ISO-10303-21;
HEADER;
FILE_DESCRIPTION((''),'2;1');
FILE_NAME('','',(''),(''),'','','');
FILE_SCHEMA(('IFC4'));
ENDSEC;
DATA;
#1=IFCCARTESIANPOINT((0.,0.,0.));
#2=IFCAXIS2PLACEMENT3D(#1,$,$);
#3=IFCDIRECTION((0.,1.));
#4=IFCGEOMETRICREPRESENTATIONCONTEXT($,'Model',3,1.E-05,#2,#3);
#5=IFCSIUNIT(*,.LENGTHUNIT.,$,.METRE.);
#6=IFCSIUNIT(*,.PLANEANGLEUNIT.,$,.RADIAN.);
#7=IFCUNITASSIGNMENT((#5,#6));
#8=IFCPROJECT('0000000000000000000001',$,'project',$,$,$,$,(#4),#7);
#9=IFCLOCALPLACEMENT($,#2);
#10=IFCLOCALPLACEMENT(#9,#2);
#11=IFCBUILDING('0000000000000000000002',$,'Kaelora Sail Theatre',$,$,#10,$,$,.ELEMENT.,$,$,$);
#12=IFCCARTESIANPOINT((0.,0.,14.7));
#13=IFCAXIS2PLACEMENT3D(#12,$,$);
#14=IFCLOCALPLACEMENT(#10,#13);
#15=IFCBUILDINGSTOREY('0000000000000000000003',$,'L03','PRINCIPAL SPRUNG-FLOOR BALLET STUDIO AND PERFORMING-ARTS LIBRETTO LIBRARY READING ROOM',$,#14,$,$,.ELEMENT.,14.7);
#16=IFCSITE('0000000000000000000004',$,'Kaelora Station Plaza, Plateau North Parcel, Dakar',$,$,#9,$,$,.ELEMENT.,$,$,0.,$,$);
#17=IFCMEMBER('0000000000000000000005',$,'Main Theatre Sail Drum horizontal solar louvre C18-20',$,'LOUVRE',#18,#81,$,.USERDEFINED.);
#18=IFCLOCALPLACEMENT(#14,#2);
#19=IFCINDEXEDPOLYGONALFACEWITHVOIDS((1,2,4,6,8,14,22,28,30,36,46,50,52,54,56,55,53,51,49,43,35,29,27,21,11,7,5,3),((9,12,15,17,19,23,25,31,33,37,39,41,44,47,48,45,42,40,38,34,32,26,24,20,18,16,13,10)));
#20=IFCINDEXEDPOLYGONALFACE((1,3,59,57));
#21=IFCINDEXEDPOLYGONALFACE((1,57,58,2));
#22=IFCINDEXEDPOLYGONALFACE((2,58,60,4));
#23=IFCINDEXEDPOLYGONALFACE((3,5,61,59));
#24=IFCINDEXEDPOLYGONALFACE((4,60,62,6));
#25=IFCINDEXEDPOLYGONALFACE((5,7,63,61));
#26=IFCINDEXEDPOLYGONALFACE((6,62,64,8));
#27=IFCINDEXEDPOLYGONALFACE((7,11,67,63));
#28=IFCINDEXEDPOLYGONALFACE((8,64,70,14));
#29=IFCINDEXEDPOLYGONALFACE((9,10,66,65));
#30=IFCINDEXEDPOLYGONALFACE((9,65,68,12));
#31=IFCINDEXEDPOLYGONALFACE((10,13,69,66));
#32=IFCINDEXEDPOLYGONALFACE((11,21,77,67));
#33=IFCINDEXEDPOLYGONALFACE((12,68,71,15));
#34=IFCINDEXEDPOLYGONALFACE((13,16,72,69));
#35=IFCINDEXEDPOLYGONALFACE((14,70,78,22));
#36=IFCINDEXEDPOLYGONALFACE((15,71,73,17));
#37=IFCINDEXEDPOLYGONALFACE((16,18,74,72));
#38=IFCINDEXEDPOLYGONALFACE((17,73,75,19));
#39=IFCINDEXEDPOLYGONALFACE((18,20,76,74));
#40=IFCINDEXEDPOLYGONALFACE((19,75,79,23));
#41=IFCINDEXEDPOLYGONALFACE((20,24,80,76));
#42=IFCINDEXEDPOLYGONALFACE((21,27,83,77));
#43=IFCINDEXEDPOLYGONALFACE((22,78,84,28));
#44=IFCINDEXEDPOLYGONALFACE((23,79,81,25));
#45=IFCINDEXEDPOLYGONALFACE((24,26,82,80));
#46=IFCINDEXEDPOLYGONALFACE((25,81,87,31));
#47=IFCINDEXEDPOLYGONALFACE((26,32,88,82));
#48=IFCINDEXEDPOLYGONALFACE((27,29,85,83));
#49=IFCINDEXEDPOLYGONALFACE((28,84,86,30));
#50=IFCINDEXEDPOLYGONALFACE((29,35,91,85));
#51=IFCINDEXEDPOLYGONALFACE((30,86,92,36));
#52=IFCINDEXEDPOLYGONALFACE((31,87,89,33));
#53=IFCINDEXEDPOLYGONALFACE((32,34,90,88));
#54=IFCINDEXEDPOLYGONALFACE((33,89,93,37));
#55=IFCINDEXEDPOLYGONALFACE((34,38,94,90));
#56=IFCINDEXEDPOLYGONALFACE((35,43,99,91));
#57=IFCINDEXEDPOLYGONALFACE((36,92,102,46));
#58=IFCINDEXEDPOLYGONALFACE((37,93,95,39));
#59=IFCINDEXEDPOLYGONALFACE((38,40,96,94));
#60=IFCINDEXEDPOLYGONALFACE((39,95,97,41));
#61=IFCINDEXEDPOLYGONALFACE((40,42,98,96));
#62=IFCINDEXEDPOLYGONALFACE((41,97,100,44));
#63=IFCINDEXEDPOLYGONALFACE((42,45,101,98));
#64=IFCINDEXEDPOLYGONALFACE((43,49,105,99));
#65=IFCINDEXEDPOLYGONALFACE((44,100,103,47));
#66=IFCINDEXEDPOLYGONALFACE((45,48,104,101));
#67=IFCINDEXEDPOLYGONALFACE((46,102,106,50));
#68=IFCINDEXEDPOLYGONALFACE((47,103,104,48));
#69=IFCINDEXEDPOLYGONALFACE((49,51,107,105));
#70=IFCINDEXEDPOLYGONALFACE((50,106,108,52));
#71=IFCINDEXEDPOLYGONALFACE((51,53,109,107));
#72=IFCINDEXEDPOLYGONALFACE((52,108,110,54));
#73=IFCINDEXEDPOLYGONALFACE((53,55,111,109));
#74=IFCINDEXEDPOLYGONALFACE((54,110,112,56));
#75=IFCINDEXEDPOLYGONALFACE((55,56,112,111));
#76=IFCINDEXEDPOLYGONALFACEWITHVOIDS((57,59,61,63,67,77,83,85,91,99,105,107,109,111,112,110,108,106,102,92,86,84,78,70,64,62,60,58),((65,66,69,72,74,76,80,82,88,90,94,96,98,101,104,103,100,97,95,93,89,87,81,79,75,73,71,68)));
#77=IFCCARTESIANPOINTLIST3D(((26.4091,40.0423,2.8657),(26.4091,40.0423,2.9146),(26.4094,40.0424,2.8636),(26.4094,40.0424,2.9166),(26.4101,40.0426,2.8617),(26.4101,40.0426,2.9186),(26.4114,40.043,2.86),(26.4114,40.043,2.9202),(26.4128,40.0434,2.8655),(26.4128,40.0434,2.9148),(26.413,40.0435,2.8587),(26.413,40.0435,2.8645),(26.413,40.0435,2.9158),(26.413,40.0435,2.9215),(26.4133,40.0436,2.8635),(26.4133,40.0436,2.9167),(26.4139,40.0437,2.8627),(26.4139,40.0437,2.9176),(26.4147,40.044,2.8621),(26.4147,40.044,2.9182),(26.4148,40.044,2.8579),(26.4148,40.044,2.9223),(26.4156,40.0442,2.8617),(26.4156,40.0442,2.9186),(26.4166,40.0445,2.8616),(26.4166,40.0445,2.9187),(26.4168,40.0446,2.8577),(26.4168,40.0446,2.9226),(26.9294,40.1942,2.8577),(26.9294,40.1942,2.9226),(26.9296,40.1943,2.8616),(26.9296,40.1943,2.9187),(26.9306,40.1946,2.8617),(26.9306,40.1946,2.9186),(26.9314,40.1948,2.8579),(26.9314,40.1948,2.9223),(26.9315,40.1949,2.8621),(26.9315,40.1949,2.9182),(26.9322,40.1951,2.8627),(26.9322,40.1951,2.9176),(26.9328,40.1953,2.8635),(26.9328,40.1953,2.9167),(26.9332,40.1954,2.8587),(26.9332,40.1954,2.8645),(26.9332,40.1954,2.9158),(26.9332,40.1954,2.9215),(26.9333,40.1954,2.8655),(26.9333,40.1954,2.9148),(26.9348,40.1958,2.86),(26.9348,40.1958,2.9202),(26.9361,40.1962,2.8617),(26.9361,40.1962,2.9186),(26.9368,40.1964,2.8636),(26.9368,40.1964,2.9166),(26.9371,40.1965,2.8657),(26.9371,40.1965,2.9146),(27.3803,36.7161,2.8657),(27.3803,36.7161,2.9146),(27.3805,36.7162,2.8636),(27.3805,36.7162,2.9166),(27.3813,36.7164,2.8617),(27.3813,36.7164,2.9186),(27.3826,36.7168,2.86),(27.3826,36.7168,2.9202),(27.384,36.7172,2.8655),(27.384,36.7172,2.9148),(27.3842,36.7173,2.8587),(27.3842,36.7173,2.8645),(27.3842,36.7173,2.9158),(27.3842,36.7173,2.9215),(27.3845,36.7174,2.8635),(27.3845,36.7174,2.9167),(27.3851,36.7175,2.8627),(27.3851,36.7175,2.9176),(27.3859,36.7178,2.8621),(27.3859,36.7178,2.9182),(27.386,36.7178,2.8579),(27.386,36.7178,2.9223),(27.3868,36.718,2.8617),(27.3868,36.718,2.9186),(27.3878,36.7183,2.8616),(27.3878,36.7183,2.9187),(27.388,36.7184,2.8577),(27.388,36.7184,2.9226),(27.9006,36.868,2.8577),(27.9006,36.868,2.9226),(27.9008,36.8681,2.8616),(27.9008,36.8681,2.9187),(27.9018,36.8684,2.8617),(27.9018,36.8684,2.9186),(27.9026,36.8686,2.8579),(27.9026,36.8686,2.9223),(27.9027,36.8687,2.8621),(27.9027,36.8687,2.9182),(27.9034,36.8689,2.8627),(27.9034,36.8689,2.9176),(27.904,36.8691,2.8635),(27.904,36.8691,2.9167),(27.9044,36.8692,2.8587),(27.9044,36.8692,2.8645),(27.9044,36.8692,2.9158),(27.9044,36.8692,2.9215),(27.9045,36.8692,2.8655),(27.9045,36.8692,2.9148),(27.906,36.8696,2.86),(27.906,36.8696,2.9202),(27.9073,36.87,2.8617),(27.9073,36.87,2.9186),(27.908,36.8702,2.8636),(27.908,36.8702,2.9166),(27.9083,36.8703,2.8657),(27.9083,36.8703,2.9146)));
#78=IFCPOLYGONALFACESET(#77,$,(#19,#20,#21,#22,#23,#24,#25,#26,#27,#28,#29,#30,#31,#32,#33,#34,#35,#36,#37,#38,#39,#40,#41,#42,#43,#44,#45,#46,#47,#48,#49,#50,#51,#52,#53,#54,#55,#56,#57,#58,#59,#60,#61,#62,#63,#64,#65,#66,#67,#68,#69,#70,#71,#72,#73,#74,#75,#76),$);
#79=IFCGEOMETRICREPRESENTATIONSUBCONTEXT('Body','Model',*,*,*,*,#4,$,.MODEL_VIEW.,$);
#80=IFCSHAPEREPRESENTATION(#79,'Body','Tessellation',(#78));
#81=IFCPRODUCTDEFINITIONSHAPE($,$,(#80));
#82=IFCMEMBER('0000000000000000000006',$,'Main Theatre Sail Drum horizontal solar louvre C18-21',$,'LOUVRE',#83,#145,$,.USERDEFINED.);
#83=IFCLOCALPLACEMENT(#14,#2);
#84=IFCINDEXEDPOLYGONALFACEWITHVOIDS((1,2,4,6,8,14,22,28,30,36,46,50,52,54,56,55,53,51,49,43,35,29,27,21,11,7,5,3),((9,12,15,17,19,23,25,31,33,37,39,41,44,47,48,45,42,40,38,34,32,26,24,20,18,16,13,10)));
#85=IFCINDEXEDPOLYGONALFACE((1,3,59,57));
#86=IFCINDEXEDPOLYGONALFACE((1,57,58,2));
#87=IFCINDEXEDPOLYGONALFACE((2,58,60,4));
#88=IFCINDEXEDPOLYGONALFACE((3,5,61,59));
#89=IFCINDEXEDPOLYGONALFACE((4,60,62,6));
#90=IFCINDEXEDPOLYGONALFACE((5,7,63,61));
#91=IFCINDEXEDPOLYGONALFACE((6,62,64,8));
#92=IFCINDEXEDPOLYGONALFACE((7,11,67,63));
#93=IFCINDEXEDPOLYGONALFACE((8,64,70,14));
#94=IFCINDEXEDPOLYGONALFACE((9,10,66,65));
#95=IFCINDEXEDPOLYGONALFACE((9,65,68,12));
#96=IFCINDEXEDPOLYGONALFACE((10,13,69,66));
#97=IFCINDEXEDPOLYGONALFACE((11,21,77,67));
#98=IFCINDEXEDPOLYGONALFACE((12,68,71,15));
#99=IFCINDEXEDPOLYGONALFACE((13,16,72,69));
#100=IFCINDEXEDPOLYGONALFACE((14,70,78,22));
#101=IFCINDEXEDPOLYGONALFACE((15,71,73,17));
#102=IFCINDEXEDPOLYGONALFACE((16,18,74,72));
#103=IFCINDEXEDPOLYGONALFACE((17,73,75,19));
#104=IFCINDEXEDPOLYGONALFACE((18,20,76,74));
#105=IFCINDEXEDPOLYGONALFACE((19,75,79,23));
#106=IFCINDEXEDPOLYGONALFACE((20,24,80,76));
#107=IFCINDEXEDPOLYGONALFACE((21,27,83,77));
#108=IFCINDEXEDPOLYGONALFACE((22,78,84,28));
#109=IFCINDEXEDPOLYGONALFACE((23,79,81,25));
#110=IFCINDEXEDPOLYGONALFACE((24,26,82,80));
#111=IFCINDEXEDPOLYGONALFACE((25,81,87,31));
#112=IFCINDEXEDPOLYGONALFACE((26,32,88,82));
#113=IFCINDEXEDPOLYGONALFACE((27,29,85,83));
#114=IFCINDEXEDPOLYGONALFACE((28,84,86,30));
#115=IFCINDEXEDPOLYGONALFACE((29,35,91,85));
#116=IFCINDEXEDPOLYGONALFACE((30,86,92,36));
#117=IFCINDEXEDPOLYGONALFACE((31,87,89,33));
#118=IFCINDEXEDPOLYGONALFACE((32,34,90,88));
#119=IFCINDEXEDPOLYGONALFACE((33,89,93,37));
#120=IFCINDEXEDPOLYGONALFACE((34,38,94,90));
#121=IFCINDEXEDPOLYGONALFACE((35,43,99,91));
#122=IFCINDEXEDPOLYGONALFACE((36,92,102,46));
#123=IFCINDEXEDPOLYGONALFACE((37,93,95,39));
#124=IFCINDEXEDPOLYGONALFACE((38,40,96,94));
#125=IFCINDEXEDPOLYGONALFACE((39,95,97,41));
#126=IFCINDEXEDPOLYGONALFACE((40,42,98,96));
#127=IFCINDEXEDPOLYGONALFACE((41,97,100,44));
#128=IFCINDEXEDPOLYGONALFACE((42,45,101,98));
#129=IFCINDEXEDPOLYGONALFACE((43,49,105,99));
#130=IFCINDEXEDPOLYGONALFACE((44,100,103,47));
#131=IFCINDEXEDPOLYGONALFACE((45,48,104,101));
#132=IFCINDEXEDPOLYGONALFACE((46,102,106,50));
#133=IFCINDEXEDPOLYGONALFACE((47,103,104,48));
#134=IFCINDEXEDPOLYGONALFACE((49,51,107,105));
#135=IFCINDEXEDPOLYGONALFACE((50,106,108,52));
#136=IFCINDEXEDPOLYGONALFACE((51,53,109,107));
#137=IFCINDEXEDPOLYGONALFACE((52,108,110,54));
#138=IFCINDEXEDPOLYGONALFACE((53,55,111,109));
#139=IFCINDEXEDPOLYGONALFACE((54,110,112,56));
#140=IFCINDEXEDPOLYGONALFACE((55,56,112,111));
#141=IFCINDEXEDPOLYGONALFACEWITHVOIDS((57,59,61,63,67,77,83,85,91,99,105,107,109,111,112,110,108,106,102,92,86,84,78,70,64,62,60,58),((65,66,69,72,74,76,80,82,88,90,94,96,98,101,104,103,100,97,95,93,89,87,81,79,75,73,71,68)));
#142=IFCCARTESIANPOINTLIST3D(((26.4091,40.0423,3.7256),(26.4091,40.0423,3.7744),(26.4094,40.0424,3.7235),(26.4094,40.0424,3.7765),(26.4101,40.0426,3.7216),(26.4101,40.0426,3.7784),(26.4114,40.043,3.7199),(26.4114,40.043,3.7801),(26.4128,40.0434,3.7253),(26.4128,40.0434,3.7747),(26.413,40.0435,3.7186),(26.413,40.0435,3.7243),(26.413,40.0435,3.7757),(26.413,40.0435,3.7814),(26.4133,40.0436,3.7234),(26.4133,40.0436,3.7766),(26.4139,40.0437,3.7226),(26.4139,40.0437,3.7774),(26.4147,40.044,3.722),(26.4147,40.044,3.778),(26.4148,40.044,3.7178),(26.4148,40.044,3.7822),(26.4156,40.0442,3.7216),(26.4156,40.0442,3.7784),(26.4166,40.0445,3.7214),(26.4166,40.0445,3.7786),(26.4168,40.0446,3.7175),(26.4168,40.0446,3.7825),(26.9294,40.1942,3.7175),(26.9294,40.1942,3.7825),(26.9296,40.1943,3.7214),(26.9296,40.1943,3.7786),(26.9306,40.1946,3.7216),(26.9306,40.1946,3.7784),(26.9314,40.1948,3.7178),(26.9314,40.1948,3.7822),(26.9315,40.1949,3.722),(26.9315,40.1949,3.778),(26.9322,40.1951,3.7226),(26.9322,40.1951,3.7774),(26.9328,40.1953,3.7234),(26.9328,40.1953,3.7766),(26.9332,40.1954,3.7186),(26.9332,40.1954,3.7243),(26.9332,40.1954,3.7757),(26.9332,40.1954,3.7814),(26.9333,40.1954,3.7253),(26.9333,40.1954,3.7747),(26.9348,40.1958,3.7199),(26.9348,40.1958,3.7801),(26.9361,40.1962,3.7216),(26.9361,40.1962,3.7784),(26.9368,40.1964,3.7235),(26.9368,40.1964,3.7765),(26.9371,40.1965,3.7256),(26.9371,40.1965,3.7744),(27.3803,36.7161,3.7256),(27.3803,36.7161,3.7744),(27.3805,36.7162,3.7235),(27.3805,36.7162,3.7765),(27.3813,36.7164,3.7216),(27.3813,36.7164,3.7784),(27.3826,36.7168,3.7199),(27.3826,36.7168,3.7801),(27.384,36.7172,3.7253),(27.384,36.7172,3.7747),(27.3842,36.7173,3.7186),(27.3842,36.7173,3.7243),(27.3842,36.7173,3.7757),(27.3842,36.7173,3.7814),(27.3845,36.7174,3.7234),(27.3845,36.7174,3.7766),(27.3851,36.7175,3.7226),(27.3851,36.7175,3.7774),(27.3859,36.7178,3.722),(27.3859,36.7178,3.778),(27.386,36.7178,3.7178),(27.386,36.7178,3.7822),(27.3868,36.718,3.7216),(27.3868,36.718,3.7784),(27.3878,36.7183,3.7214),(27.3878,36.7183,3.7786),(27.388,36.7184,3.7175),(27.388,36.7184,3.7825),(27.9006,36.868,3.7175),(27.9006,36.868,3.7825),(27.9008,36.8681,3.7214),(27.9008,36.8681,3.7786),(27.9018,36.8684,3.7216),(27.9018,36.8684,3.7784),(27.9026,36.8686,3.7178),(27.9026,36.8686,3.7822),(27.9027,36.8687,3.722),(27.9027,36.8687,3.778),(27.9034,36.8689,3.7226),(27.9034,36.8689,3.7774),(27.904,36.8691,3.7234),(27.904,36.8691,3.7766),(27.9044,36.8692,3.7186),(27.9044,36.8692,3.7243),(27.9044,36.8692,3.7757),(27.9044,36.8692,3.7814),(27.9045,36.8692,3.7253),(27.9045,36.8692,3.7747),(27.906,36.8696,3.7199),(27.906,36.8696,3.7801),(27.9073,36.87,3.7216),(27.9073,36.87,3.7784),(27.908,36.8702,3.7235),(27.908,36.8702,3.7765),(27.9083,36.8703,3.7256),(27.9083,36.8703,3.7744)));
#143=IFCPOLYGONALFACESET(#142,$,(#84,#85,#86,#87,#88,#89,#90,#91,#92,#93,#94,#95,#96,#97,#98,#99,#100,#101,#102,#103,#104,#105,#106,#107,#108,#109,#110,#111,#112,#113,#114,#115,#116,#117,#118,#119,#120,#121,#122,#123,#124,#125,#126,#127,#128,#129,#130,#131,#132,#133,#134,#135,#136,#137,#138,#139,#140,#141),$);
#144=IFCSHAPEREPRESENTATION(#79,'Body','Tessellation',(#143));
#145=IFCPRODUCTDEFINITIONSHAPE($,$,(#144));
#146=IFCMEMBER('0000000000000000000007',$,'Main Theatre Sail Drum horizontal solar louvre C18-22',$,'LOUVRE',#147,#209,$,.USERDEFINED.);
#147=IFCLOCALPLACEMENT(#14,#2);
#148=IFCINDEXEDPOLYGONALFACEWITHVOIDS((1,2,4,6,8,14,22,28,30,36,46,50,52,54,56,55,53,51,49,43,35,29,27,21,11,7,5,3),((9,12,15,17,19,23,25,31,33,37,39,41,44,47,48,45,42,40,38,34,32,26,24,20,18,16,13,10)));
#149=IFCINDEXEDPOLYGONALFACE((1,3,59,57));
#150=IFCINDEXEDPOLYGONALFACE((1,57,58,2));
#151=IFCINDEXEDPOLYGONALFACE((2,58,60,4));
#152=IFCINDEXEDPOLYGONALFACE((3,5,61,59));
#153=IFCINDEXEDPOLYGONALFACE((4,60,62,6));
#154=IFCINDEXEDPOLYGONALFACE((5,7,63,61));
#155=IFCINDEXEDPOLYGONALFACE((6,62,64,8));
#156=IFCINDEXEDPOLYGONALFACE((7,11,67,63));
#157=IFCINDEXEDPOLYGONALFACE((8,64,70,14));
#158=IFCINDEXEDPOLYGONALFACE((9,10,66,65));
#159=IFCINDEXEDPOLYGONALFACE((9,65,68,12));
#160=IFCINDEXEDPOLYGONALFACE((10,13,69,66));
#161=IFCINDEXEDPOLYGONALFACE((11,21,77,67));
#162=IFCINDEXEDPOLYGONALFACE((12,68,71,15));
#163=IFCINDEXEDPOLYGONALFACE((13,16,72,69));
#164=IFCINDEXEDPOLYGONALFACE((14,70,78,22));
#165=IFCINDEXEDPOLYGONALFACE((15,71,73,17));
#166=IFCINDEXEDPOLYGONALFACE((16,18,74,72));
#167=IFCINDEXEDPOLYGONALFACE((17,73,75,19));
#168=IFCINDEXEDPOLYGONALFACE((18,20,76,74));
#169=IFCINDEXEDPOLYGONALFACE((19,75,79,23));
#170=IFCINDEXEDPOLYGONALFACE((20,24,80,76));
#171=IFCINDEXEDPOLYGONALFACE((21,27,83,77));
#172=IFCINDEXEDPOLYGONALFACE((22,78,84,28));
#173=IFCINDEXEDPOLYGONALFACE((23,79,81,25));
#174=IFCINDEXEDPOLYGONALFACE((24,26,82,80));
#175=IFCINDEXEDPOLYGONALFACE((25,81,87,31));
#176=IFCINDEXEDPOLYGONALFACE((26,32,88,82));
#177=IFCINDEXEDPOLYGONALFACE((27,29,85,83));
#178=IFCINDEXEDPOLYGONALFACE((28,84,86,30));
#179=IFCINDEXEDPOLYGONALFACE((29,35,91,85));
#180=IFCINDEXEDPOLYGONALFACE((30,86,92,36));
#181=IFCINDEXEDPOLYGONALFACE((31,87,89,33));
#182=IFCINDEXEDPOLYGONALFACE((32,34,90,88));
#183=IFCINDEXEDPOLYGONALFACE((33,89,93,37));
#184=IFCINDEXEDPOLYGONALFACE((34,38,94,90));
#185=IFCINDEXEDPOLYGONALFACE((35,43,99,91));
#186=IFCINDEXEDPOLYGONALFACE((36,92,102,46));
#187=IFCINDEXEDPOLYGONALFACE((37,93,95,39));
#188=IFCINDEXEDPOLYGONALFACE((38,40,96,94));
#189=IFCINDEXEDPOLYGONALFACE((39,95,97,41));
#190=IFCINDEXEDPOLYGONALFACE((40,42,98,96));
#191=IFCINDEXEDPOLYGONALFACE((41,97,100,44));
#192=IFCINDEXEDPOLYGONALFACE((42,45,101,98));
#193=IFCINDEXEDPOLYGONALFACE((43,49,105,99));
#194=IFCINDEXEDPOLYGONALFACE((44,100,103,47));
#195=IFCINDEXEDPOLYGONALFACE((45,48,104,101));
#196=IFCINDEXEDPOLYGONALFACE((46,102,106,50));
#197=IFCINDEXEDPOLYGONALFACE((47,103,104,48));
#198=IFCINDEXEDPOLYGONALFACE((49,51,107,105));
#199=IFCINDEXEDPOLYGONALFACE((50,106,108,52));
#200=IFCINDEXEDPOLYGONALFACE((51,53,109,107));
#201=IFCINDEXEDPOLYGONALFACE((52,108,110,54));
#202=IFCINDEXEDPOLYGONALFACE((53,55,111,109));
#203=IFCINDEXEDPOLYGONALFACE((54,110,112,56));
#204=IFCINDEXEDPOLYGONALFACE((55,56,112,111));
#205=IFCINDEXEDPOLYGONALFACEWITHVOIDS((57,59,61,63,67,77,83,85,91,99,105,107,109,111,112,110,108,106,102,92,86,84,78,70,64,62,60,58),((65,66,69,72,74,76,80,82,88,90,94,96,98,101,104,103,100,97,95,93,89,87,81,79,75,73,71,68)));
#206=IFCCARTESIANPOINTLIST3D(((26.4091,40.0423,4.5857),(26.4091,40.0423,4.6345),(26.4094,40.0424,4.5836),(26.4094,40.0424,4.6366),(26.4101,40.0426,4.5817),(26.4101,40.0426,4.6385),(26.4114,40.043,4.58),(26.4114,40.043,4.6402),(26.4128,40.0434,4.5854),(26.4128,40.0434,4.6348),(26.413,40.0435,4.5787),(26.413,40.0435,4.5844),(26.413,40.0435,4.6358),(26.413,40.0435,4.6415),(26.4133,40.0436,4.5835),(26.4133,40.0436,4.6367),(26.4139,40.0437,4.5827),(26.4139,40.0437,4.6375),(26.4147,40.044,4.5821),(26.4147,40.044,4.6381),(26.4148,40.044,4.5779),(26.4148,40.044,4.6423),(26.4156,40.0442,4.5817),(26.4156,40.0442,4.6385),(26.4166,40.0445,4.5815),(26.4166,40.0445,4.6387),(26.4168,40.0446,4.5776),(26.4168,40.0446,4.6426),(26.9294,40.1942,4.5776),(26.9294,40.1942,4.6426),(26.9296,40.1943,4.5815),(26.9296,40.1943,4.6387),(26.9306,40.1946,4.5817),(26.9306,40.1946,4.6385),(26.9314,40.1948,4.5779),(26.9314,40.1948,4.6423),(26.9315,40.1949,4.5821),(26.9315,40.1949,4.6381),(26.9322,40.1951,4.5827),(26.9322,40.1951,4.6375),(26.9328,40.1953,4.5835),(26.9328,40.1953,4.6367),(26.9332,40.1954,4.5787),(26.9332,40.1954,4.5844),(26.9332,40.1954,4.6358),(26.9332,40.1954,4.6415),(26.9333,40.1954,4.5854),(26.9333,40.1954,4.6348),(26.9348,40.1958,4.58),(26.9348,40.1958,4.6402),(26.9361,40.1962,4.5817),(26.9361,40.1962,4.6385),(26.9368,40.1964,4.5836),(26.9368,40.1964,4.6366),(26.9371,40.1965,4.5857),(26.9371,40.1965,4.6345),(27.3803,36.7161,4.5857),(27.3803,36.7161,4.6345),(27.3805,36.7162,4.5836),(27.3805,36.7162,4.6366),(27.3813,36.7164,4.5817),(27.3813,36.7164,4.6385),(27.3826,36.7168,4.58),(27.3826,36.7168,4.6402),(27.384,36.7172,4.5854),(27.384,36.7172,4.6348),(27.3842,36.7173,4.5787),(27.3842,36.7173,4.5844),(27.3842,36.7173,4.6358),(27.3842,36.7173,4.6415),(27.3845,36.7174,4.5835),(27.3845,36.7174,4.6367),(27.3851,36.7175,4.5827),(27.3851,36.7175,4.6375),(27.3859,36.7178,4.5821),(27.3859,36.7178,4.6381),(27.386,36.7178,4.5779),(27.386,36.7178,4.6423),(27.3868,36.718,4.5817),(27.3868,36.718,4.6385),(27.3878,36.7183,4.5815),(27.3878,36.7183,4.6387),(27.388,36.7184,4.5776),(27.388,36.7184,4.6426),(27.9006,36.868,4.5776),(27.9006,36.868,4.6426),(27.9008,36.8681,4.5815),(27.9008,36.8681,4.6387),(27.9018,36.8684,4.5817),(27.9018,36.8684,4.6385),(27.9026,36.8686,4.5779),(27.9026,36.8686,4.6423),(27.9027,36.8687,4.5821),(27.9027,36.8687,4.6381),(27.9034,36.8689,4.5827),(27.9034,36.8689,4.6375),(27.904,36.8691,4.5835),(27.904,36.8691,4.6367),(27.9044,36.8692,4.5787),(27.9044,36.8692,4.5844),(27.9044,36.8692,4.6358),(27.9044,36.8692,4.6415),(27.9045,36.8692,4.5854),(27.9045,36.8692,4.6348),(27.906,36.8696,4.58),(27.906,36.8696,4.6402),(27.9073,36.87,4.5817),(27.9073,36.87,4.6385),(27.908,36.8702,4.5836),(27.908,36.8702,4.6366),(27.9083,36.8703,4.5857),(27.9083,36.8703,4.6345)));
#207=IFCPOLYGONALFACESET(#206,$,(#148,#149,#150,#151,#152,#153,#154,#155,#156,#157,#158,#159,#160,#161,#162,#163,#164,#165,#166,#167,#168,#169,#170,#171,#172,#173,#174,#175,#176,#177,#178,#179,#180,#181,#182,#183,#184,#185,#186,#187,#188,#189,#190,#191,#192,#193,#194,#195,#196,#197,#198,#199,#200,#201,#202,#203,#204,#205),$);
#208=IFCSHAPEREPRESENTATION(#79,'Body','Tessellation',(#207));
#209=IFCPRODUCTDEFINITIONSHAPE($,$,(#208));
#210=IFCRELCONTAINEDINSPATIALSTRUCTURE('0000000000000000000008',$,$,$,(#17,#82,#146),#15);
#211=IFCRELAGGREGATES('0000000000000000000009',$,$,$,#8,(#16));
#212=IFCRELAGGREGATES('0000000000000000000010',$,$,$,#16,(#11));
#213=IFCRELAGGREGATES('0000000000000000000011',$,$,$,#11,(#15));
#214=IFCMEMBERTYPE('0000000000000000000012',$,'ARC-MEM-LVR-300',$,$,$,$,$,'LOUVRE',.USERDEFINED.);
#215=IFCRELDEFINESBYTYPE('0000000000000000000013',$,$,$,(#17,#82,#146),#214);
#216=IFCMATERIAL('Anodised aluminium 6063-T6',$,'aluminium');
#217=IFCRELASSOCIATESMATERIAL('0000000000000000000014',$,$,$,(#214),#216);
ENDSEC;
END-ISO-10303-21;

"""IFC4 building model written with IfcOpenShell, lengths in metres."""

from ifc_helpers import new_model, si_unit, direction, frame, origin, origin_2d, place, context, subcontext, project, spatial, hollow_rectangle, extrude, material, material_profile, profile_set, type_object, element, save


model = new_model("IFC4")

# Units and contexts
model_context = context("Model", 3, precision=1e-05, world=origin(), true_north=direction((0.0, 1.0)))
body_context = subcontext(model_context, "Body", "Model", "MODEL_VIEW")
ifc_project = project(units=[si_unit("LENGTHUNIT", "METRE"), si_unit("PLANEANGLEUNIT", "RADIAN")], contexts=[model_context])

# Site, building, storey
site_placement = place(None, origin())
site = spatial("IfcSite", under=ifc_project, at=site_placement, Name="Kaelora Station Plaza, Plateau North Parcel, Dakar", CompositionType="ELEMENT", RefElevation=0.0)
building_placement = place(site_placement, origin())
building = spatial("IfcBuilding", under=site, at=building_placement, Name="Kaelora Sail Theatre", CompositionType="ELEMENT")
storey_placement = place(building_placement, frame((0.0, 0.0, 14.7)))
storey = spatial("IfcBuildingStorey", under=building, at=storey_placement, Name="L03", Description="PRINCIPAL SPRUNG-FLOOR BALLET STUDIO AND PERFORMING-ARTS LIBRETTO LIBRARY READING ROOM", CompositionType="ELEMENT", Elevation=14.7)

# Members
ifc_material_1 = material(Name="Anodised aluminium 6063-T6", Category="aluminium")
ifc_material_profile_1 = material_profile(ifc_material_1, hollow_rectangle(XDim=0.55, YDim=0.0649, WallThickness=0.0039, InnerFilletRadius=0.0039, OuterFilletRadius=0.0081, at=origin_2d()), Name="LOUVRE 550x65x4")
ifc_profile_set_1 = profile_set([ifc_material_profile_1], Name="Anodised aluminium 6063-T6")
member_type = type_object("IfcMemberType", Name="ARC-MEM-LVR-300", ElementType="LOUVRE", PredefinedType="USERDEFINED", material=ifc_profile_set_1)
for number, where, z_axis, x_axis, name in (
    (1, (27.6443, 36.7932, 2.8901), (-0.280281, 0.959918, 0.0), (-0.959918, -0.280281, 0.0), "Main Theatre Sail Drum horizontal solar louvre C18-20"),
    (2, (27.6443, 36.7932, 3.75), (-0.280281, 0.959918, 0.0), (-0.959918, -0.280281, 0.0), "Main Theatre Sail Drum horizontal solar louvre C18-21"),
    (3, (27.6443, 36.7932, 4.6101), (-0.280281, 0.959918, 0.0), (-0.959918, -0.280281, 0.0), "Main Theatre Sail Drum horizontal solar louvre C18-22"),
):
    element("IfcMember", number, at=place(storey_placement, frame(where, z_axis=z_axis, x_axis=x_axis)), inside=storey, type_object=member_type, Name=name, ObjectType="LOUVRE", PredefinedType="USERDEFINED", context=body_context, shape_type="SweptSolid", body=[
        extrude(hollow_rectangle(XDim=0.55, YDim=0.0649, WallThickness=0.0039, InnerFilletRadius=0.0039, OuterFilletRadius=0.0081, at=origin_2d()), origin(), (0.0, 0.0, 1.0), 3.4651),
    ])

save(model, "model.ifc")
